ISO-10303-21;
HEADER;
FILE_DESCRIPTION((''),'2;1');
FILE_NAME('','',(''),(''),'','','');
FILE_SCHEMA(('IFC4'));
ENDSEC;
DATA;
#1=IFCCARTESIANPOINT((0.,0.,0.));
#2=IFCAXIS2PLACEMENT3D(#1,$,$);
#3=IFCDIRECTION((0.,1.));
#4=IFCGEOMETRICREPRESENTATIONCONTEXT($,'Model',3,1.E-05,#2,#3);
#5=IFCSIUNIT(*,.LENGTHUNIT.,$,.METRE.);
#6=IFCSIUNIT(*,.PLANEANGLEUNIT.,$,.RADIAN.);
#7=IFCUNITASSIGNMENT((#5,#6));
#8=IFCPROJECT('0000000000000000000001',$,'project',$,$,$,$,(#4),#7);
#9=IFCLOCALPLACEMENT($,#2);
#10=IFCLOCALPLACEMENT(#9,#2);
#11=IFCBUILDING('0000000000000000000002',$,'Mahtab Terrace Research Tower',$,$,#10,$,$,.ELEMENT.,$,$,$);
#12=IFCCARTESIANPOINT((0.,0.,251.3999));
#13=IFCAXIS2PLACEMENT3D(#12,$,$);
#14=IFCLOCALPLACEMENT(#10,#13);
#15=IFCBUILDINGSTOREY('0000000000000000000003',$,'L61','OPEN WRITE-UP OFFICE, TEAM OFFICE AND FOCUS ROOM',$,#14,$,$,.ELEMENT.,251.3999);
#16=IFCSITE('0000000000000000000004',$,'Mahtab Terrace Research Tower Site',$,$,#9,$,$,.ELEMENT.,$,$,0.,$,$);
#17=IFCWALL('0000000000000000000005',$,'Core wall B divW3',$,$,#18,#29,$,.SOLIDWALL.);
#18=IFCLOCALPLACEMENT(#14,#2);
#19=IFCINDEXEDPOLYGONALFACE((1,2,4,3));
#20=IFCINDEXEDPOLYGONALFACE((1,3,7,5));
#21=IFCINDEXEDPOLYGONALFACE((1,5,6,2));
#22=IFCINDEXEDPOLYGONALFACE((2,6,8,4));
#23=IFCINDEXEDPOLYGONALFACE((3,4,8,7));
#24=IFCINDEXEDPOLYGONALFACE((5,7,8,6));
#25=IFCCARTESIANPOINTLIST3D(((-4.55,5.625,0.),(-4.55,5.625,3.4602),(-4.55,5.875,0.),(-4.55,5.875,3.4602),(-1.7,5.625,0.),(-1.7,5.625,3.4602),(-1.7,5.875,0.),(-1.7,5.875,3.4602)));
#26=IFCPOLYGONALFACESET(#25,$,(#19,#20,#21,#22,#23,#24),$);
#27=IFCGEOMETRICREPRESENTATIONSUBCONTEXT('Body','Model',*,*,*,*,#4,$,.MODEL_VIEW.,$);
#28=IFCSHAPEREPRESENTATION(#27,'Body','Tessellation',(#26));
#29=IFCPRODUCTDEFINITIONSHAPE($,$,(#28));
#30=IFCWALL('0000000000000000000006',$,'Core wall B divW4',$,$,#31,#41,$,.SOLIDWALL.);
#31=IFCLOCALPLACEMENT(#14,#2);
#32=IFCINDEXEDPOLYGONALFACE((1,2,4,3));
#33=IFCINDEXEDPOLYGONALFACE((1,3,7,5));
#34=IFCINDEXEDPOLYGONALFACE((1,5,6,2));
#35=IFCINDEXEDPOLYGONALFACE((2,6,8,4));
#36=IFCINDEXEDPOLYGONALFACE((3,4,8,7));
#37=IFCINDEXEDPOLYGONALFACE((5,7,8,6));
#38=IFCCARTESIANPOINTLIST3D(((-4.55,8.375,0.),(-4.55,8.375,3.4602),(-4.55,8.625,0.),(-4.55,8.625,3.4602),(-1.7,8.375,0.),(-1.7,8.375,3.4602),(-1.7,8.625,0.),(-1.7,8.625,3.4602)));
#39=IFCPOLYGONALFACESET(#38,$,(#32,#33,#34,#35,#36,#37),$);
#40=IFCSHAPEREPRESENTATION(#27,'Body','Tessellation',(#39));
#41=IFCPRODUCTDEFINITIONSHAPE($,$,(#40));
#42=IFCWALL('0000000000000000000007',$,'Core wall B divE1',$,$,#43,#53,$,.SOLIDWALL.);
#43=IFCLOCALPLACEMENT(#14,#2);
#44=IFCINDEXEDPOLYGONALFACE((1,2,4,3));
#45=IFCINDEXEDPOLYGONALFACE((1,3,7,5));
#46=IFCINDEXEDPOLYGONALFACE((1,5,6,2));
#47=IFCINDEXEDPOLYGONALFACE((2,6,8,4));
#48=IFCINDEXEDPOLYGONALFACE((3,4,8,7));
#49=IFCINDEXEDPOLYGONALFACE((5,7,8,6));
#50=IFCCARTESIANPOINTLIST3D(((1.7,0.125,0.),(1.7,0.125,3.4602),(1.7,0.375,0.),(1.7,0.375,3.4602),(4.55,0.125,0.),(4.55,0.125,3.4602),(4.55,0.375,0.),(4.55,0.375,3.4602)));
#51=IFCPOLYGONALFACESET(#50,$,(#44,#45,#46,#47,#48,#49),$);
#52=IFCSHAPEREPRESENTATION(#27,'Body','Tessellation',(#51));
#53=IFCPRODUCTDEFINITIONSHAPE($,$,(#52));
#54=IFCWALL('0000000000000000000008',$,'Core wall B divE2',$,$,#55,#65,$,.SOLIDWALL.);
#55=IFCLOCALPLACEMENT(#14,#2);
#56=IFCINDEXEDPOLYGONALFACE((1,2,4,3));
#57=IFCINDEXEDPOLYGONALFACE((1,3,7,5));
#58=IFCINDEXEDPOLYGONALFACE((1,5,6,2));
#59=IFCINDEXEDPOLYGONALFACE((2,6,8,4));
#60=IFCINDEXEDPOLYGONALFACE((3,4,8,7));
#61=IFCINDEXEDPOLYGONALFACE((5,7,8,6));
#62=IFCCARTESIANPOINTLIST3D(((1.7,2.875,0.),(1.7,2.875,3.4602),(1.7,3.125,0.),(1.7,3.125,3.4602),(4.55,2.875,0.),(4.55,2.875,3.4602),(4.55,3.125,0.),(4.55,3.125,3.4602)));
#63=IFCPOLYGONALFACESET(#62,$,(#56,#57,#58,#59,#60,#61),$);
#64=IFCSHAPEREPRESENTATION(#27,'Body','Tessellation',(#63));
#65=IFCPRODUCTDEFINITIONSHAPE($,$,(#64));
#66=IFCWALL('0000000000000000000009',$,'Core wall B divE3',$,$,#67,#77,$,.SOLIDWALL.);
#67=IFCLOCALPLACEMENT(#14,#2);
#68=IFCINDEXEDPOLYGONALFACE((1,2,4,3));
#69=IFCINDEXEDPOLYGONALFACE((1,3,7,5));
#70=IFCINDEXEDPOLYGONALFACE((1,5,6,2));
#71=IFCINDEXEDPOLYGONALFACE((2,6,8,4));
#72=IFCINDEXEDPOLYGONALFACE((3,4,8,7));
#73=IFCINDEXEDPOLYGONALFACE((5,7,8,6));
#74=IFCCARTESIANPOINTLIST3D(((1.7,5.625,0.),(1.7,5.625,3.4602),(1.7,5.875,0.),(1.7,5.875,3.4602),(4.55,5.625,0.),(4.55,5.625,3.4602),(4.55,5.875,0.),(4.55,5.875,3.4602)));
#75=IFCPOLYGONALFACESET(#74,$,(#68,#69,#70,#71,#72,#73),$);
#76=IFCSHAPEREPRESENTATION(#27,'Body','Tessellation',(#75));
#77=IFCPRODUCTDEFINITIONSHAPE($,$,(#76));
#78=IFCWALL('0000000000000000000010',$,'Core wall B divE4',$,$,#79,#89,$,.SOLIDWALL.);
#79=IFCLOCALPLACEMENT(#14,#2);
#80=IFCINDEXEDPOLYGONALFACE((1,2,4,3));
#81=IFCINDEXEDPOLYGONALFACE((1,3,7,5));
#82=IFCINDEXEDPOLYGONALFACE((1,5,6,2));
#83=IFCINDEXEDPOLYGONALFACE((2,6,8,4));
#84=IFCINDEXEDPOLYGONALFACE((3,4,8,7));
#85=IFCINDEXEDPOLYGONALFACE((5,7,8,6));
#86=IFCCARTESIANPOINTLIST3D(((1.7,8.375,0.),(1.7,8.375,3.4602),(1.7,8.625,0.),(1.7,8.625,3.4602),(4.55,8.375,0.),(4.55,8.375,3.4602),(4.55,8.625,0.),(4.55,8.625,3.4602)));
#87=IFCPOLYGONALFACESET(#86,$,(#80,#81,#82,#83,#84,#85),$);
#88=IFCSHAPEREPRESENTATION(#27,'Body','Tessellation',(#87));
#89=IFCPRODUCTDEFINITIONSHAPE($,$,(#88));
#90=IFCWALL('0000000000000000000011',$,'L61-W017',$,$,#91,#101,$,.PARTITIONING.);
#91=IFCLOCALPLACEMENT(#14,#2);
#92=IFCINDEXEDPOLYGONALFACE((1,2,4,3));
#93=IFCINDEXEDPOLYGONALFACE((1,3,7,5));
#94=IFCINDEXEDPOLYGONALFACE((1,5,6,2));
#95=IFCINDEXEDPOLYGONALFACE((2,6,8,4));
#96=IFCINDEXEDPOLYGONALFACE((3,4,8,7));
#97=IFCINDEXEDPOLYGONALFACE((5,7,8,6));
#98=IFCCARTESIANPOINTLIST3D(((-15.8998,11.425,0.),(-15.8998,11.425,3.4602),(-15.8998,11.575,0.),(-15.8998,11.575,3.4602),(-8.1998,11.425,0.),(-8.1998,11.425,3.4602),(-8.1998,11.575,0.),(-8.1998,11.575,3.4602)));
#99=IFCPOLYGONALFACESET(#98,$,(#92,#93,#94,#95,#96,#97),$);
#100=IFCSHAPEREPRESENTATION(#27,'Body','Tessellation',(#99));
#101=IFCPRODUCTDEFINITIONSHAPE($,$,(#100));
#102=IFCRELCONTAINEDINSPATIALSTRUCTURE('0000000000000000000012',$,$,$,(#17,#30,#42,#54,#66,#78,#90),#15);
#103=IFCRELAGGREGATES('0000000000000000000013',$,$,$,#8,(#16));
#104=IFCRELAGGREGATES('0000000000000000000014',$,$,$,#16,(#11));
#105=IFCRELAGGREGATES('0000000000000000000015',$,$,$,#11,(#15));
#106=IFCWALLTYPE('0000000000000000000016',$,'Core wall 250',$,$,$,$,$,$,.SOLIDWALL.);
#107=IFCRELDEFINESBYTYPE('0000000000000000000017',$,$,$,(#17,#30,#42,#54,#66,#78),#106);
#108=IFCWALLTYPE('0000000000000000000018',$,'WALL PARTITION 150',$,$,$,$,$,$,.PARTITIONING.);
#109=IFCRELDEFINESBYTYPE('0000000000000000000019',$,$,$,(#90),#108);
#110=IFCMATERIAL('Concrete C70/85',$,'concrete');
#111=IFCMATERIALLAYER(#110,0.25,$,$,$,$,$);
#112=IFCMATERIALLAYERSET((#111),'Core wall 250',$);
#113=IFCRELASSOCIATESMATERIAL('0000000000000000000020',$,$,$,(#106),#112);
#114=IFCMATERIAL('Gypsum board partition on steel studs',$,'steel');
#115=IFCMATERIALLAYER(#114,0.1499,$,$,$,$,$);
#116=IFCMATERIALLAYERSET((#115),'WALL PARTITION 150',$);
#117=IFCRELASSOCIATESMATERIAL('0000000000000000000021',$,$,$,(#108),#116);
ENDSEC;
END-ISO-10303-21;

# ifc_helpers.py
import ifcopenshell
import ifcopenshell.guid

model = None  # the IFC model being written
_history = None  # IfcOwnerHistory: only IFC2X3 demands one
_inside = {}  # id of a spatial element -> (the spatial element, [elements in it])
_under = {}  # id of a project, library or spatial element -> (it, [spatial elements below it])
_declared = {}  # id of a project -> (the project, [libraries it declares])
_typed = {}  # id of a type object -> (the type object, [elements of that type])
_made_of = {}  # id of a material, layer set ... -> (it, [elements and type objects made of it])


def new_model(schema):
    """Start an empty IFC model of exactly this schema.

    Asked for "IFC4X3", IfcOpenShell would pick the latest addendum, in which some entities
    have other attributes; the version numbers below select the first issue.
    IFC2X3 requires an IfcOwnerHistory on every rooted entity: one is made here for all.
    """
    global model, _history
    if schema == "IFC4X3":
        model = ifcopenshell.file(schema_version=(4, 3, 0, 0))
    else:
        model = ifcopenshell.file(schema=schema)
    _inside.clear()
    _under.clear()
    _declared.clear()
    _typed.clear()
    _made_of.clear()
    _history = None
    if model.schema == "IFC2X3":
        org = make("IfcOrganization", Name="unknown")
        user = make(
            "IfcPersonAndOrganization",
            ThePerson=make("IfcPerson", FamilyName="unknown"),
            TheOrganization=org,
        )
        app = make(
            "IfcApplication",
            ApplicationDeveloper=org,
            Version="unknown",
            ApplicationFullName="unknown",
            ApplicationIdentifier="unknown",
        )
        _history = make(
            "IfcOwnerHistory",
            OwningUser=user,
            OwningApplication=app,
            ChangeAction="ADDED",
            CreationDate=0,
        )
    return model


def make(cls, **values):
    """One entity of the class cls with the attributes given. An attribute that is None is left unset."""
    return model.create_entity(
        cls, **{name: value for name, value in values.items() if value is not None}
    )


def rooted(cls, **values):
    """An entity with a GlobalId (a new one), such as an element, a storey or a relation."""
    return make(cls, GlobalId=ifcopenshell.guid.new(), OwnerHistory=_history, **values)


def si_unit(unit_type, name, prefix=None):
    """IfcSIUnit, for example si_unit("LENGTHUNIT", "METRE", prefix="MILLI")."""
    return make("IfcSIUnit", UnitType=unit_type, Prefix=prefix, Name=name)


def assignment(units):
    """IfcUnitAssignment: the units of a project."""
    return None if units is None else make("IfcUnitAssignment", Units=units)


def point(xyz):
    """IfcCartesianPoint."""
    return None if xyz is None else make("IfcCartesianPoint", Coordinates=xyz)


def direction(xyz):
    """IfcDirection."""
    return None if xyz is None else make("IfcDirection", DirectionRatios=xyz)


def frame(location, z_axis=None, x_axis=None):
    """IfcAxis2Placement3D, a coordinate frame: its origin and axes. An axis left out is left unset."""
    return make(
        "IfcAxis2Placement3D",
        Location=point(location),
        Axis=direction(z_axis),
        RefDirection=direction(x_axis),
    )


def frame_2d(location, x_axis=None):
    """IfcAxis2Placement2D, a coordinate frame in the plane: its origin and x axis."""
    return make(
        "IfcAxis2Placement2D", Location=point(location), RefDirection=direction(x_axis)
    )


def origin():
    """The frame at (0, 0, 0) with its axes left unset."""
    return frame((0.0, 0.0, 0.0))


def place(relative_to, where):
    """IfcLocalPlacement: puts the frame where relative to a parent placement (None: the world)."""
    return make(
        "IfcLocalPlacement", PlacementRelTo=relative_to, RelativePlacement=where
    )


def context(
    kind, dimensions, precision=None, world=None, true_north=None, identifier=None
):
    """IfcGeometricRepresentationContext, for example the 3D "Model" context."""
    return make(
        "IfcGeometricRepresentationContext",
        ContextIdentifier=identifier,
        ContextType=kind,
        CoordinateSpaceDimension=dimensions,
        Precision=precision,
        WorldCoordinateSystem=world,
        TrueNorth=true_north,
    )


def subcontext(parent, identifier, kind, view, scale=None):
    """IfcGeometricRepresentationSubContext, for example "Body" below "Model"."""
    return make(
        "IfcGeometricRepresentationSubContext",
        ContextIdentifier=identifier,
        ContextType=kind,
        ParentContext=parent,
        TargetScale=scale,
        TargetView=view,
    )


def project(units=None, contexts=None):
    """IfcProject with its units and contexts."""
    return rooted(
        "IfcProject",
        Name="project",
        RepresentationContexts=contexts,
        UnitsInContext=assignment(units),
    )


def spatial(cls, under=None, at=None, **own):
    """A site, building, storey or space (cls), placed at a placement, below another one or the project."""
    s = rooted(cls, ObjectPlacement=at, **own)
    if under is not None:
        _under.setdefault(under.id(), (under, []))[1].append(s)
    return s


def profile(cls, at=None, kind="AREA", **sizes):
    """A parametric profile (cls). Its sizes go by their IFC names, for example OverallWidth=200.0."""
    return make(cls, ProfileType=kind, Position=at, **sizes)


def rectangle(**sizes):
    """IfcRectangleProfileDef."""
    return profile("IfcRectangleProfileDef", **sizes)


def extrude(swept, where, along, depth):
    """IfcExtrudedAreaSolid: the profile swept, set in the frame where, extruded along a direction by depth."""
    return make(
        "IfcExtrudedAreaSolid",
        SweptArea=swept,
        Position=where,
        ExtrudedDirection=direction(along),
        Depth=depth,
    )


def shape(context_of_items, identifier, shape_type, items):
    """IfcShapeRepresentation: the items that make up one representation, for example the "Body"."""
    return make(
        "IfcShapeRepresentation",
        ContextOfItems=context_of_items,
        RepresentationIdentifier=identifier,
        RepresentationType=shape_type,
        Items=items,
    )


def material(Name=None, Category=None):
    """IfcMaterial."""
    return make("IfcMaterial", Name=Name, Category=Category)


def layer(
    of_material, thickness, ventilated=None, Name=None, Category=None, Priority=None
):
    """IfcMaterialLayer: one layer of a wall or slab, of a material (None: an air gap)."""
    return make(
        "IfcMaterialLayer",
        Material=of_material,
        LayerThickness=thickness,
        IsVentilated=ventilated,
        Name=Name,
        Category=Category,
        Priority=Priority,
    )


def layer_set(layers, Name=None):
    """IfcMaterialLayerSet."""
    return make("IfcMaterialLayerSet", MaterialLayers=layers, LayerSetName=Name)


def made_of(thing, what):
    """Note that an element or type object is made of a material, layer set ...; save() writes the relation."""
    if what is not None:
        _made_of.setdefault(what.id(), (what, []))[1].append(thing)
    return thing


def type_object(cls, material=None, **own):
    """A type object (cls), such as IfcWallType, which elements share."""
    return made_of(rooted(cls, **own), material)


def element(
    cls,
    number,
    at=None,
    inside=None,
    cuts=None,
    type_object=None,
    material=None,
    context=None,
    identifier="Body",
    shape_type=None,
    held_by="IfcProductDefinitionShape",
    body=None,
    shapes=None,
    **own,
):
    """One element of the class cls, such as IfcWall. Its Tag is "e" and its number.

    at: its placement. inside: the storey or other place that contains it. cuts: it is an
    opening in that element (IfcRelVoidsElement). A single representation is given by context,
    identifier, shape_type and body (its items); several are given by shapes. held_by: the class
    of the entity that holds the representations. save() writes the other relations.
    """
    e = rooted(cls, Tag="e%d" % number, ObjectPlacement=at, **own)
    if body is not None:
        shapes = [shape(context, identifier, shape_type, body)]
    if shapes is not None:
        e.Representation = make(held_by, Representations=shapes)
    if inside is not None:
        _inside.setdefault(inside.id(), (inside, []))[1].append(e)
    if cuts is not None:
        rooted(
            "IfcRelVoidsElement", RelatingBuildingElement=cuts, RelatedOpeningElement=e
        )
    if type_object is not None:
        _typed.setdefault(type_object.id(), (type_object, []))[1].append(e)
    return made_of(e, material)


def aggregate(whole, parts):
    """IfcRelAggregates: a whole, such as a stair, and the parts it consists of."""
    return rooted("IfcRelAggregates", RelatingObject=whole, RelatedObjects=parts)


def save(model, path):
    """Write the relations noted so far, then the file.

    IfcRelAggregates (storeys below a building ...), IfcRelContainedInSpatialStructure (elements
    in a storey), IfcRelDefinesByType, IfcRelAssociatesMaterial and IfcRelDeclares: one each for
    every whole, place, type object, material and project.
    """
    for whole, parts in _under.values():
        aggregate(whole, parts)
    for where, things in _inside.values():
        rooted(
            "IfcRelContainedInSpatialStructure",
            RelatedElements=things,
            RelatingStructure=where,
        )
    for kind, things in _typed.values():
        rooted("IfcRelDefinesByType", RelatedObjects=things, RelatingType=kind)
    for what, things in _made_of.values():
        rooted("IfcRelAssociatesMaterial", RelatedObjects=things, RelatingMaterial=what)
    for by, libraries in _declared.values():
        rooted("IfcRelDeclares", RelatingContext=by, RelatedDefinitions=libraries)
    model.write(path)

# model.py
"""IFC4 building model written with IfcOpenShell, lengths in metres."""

from ifc_helpers import new_model, si_unit, direction, frame, frame_2d, origin, place, context, subcontext, project, spatial, rectangle, extrude, material, layer, layer_set, type_object, element, save


model = new_model("IFC4")

# Units and contexts
model_context = context("Model", 3, precision=1e-05, world=origin(), true_north=direction((0.0, 1.0)))
body_context = subcontext(model_context, "Body", "Model", "MODEL_VIEW")
ifc_project = project(units=[si_unit("LENGTHUNIT", "METRE"), si_unit("PLANEANGLEUNIT", "RADIAN")], contexts=[model_context])

# Site, building, storey
site_placement = place(None, origin())
site = spatial("IfcSite", under=ifc_project, at=site_placement, Name="Mahtab Terrace Research Tower Site", CompositionType="ELEMENT", RefElevation=0.0)
building_placement = place(site_placement, origin())
building = spatial("IfcBuilding", under=site, at=building_placement, Name="Mahtab Terrace Research Tower", CompositionType="ELEMENT")
storey_placement = place(building_placement, frame((0.0, 0.0, 251.3999)))
storey = spatial("IfcBuildingStorey", under=building, at=storey_placement, Name="L61", Description="OPEN WRITE-UP OFFICE, TEAM OFFICE AND FOCUS ROOM", CompositionType="ELEMENT", Elevation=251.3999)

# Shared definitions
ifc_material_1 = material(Name="Concrete C70/85", Category="concrete")

# Shared definitions
ifc_layer_1 = layer(ifc_material_1, 0.25)
ifc_layer_set_1 = layer_set([ifc_layer_1], Name="Core wall 250")
wall_type_1 = type_object("IfcWallType", Name="Core wall 250", PredefinedType="SOLIDWALL", material=ifc_layer_set_1)

# Walls
for number, where, z_axis, x_axis, name in (
    (1, (-4.55, 5.75, 0.0), (0.0, 0.0, 1.0), (1.0, 0.0, 0.0), "Core wall B divW3"),
    (2, (-4.55, 8.5, 0.0), (0.0, 0.0, 1.0), (1.0, 0.0, 0.0), "Core wall B divW4"),
    (3, (1.7, 0.25, 0.0), (0.0, 0.0, 1.0), (1.0, 0.0, 0.0), "Core wall B divE1"),
    (4, (1.7, 3.0, 0.0), (0.0, 0.0, 1.0), (1.0, 0.0, 0.0), "Core wall B divE2"),
    (5, (1.7, 5.75, 0.0), (0.0, 0.0, 1.0), (1.0, 0.0, 0.0), "Core wall B divE3"),
    (6, (1.7, 8.5, 0.0), (0.0, 0.0, 1.0), (1.0, 0.0, 0.0), "Core wall B divE4"),
):
    element("IfcWall", number, at=place(storey_placement, frame(where, z_axis=z_axis, x_axis=x_axis)), inside=storey, type_object=wall_type_1, Name=name, PredefinedType="SOLIDWALL", context=body_context, shape_type="SweptSolid", body=[
        extrude(rectangle(XDim=2.8501, YDim=0.25, at=frame_2d((1.425, 0.0))), origin(), (0.0, 0.0, 1.0), 3.4602),
    ])
ifc_material_2 = material(Name="Gypsum board partition on steel studs", Category="steel")
ifc_layer_2 = layer(ifc_material_2, 0.1499)
ifc_layer_set_2 = layer_set([ifc_layer_2], Name="WALL PARTITION 150")
wall_type_2 = type_object("IfcWallType", Name="WALL PARTITION 150", PredefinedType="PARTITIONING", material=ifc_layer_set_2)
wall_1_placement = place(storey_placement, frame((-15.8999, 11.5, 0.0), z_axis=(0.0, 0.0, 1.0), x_axis=(1.0, 0.0, 0.0)))
element("IfcWall", 7, at=wall_1_placement, inside=storey, type_object=wall_type_2, Name="L61-W017", PredefinedType="PARTITIONING", context=body_context, shape_type="SweptSolid", body=[
    extrude(rectangle(XDim=7.7, YDim=0.1499, at=frame_2d((3.8501, 0.0))), origin(), (0.0, 0.0, 1.0), 3.4602),
])

save(model, "model.ifc")
